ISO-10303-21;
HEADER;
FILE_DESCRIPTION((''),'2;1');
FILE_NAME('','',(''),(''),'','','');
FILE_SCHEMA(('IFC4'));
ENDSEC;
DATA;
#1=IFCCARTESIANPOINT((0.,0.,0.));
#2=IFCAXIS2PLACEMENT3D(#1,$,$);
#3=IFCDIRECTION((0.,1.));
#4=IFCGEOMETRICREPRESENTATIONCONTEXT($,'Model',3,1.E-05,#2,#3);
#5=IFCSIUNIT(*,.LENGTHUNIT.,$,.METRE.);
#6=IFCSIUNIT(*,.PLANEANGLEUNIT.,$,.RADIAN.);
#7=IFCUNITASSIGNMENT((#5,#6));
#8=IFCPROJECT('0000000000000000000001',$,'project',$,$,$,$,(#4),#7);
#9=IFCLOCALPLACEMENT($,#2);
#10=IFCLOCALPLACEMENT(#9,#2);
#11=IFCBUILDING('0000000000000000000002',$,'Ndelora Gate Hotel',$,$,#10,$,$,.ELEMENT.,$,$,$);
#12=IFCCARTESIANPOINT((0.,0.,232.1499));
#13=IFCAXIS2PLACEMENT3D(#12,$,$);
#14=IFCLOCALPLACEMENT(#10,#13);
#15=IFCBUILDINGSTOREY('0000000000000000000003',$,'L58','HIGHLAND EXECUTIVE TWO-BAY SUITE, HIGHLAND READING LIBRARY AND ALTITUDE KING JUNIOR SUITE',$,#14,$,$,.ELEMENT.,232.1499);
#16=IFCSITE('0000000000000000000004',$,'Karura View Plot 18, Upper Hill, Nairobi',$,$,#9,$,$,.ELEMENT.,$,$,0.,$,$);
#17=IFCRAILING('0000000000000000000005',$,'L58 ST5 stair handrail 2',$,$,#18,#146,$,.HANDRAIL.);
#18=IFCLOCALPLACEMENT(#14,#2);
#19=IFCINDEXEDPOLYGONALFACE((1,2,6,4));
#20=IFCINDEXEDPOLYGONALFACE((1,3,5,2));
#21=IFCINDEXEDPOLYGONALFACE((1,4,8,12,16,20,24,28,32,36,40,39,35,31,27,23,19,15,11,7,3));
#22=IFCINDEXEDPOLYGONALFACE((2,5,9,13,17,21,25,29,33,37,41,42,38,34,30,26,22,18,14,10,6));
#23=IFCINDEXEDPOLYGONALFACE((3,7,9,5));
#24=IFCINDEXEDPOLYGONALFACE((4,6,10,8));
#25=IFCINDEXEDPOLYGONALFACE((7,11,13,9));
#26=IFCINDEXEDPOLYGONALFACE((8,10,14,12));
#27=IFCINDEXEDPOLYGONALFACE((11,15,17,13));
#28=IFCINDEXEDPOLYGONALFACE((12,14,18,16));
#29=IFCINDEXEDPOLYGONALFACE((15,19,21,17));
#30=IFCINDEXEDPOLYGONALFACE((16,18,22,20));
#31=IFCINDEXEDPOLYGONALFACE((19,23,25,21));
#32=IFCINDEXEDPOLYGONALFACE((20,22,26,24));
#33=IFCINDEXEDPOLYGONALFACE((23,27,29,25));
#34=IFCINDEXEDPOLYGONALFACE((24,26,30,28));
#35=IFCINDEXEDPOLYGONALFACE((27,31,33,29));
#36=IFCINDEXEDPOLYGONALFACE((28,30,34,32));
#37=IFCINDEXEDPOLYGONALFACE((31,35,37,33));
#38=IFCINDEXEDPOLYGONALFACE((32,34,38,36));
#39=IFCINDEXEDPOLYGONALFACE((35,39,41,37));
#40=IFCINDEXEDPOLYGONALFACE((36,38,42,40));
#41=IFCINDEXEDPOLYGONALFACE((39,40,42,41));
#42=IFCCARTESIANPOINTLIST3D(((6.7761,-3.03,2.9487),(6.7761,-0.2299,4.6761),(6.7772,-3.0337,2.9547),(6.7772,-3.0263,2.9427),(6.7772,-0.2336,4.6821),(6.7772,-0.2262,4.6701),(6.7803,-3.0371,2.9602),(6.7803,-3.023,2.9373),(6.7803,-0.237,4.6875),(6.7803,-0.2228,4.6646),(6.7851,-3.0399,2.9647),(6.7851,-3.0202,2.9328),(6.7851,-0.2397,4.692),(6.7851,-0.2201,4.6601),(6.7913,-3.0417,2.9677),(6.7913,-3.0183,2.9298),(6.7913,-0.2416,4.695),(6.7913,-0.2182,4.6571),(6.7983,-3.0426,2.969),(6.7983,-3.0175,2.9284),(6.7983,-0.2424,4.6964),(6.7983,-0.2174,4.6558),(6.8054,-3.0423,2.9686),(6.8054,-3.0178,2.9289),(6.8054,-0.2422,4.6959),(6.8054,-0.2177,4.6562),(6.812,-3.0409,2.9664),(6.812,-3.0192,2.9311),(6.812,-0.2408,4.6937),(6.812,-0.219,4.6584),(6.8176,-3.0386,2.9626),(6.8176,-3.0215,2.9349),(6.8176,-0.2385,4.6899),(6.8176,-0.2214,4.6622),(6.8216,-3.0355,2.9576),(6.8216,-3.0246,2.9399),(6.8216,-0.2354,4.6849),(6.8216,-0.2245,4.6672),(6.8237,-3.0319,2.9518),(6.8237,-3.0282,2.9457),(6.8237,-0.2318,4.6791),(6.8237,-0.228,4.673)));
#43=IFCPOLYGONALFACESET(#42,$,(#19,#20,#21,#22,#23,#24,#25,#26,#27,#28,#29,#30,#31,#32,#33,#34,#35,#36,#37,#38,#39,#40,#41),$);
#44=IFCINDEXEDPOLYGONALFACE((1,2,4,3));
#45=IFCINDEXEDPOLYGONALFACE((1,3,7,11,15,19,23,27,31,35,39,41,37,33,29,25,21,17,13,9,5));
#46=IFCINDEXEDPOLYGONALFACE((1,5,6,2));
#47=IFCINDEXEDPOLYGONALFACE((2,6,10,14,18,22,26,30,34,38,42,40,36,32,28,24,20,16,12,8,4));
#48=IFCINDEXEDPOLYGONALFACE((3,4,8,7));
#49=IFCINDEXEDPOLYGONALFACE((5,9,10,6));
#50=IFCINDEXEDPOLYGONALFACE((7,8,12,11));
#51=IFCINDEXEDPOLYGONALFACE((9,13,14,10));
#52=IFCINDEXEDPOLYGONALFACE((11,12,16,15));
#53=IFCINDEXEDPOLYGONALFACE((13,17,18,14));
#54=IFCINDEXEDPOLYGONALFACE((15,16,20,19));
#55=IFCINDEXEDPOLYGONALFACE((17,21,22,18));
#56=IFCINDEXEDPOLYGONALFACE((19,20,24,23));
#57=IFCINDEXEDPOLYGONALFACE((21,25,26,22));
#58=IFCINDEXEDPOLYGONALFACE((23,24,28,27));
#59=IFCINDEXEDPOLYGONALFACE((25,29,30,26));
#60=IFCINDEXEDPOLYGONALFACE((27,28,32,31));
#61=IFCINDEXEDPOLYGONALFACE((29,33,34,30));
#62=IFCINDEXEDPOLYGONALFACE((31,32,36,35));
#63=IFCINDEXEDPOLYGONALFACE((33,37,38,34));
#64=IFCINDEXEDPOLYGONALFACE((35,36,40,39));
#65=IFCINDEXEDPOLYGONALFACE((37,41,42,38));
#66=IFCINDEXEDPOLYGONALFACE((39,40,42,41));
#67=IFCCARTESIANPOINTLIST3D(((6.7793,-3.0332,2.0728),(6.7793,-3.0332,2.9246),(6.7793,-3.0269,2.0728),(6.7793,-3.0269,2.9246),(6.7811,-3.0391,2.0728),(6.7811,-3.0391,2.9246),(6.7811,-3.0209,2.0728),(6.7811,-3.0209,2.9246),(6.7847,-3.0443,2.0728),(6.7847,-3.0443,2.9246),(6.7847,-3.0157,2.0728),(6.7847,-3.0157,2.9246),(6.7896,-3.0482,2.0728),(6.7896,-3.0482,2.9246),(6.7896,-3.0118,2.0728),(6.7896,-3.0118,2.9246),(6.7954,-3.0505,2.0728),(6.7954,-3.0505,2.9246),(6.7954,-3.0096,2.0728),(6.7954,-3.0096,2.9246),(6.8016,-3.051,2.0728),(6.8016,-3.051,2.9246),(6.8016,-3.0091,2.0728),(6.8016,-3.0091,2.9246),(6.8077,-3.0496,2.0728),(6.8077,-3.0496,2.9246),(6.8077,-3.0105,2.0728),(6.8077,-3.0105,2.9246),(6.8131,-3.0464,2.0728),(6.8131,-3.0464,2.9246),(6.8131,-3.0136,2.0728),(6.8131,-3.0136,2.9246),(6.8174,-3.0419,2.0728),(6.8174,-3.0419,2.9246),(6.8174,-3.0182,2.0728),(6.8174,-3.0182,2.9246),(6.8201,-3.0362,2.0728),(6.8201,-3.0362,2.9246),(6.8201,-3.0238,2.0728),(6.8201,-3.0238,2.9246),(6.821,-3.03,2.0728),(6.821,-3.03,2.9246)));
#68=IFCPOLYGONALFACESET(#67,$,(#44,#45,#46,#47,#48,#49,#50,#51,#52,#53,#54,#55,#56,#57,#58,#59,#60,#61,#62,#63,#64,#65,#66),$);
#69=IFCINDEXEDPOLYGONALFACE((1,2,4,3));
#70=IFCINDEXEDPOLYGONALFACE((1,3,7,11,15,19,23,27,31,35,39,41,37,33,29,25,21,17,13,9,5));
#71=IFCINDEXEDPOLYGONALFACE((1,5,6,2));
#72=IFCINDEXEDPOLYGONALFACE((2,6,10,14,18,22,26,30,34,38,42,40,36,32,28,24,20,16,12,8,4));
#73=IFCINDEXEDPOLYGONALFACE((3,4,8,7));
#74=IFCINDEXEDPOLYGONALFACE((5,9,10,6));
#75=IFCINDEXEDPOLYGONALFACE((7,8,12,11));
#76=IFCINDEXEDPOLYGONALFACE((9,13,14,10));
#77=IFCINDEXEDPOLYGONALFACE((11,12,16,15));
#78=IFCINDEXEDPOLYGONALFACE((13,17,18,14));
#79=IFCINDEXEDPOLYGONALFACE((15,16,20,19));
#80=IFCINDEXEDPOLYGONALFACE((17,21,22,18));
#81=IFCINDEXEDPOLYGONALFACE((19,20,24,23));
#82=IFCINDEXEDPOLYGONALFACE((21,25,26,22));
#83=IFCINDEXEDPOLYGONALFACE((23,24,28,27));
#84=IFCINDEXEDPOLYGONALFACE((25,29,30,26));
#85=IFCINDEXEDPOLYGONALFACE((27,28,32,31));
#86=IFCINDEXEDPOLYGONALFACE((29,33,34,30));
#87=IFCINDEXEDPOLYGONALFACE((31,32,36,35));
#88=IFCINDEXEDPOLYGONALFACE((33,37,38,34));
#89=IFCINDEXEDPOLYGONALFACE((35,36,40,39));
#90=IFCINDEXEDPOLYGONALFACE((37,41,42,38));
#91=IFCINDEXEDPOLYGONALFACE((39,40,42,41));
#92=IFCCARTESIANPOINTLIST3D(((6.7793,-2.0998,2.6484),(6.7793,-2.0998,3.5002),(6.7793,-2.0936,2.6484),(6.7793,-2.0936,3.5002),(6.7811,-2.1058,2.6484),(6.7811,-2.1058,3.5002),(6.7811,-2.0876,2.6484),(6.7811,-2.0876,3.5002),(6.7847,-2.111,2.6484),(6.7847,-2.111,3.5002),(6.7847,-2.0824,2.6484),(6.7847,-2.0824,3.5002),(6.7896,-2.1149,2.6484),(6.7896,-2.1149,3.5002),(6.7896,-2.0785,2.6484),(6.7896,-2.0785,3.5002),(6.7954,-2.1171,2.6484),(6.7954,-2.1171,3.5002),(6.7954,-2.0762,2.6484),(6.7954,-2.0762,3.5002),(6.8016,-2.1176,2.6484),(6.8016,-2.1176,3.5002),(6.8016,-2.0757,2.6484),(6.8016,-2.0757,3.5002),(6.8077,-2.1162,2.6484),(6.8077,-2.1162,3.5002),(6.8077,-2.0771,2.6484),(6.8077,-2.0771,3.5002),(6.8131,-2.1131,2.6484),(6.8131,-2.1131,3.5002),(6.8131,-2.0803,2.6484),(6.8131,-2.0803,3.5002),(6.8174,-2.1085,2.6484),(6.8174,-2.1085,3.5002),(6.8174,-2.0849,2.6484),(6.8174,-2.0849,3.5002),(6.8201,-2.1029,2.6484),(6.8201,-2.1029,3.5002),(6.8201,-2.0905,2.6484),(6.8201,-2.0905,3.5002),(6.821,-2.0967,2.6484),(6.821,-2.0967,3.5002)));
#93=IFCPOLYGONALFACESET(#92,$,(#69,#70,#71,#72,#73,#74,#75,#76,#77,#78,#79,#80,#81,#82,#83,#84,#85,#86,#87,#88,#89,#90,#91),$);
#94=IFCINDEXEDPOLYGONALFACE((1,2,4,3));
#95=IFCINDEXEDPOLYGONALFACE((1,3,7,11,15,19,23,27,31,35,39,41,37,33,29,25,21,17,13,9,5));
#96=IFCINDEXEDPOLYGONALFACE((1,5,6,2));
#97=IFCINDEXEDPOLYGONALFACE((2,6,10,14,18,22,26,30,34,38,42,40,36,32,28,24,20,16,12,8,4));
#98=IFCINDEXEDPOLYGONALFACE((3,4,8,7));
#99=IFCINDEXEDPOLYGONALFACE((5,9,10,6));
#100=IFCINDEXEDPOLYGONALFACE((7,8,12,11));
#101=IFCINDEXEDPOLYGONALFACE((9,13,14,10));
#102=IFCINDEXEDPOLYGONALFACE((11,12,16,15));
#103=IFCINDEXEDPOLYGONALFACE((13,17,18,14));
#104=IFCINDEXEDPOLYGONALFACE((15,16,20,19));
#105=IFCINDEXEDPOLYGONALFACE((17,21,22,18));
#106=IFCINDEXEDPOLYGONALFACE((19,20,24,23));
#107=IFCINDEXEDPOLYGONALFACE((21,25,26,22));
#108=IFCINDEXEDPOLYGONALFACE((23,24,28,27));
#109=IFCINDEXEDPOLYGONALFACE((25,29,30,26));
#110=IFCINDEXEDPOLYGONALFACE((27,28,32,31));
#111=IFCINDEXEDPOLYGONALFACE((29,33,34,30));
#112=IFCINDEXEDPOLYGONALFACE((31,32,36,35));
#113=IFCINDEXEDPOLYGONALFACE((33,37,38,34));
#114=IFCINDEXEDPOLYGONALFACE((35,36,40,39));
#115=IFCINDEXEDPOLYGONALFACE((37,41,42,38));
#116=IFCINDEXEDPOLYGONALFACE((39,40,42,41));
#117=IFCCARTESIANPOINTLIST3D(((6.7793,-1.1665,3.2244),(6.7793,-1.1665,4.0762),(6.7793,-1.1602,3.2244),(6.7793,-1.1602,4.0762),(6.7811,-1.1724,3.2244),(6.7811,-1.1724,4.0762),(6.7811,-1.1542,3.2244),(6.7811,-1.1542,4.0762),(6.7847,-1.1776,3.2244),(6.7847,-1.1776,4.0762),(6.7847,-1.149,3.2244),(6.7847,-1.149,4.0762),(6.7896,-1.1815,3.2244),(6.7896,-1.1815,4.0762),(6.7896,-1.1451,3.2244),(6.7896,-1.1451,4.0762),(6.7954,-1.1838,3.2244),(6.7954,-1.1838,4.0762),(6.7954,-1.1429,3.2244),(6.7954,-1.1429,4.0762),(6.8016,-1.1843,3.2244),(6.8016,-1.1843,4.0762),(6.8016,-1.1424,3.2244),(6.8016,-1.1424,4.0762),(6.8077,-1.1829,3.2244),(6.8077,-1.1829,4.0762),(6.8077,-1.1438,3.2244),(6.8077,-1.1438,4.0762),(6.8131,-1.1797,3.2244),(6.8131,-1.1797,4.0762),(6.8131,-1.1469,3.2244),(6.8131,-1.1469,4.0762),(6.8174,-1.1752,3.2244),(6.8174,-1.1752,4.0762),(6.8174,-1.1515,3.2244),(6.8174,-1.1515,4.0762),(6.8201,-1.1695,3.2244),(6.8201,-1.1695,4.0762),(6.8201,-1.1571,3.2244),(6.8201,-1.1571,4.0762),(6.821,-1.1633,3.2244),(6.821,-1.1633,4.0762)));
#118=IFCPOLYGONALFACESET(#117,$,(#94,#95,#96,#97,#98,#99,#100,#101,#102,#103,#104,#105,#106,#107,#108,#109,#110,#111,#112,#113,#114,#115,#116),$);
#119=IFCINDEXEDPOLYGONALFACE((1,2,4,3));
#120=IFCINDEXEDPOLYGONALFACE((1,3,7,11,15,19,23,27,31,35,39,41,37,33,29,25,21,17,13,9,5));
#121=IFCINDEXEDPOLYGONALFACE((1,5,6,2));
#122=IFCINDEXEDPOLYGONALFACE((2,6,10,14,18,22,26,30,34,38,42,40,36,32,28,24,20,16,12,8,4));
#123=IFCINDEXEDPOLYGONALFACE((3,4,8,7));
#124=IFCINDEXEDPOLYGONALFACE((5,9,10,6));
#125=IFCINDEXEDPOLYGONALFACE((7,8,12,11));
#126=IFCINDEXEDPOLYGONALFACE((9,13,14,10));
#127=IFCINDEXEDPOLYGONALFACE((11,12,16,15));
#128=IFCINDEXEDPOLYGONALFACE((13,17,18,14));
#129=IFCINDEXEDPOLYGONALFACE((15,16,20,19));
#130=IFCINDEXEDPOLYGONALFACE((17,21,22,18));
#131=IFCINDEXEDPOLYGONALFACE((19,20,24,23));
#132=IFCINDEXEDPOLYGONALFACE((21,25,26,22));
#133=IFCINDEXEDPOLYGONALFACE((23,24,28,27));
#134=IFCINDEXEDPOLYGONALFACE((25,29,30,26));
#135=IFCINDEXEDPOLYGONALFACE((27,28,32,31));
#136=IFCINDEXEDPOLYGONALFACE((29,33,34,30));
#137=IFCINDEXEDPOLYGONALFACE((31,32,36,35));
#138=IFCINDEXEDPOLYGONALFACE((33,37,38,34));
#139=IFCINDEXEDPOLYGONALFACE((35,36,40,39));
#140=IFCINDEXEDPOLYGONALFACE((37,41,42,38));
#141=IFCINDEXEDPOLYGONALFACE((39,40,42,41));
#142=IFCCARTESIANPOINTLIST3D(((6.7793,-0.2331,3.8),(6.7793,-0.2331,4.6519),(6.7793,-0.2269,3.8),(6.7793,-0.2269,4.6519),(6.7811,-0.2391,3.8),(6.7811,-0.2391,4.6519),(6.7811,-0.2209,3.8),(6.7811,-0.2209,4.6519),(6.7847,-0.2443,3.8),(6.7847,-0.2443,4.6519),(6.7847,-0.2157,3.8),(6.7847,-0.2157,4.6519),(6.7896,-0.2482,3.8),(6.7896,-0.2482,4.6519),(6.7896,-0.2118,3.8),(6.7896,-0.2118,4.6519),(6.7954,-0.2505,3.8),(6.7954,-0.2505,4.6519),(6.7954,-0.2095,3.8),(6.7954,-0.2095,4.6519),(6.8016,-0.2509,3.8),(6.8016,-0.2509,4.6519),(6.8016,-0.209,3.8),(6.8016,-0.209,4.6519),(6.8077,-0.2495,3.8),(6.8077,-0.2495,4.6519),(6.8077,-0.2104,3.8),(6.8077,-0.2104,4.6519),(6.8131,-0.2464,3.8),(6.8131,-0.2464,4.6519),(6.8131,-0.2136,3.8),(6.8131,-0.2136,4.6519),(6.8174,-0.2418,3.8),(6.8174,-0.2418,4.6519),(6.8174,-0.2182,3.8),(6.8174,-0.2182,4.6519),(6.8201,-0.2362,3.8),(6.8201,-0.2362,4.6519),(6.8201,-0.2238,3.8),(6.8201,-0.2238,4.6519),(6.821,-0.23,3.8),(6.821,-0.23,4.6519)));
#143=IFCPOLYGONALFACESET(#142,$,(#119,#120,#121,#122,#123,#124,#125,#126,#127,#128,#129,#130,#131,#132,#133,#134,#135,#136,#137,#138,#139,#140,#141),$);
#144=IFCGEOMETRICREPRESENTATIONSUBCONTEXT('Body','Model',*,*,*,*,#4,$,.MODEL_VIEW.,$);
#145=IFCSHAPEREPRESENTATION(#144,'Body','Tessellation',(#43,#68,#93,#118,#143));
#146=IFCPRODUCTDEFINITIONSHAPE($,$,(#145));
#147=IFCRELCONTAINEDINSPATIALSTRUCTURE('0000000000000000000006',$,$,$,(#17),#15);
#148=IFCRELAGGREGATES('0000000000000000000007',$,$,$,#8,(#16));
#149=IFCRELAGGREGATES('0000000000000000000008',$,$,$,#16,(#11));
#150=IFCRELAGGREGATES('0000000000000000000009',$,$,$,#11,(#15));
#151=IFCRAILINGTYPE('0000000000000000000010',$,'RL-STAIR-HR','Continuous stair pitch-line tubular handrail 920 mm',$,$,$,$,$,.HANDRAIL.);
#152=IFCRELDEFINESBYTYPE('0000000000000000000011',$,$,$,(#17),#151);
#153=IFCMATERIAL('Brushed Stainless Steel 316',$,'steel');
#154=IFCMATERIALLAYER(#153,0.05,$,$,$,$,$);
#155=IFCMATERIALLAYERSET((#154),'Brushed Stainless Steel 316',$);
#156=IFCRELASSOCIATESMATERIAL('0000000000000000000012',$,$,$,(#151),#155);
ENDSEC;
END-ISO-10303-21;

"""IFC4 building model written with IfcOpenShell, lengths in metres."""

from ifc_helpers import new_model, si_unit, direction, frame, origin, origin_2d, place, context, subcontext, project, spatial, circle, extrude, material, layer, layer_set, type_object, element, save


model = new_model("IFC4")

# Units and contexts
model_context = context("Model", 3, precision=1e-05, world=origin(), true_north=direction((0.0, 1.0)))
body_context = subcontext(model_context, "Body", "Model", "MODEL_VIEW")
ifc_project = project(units=[si_unit("LENGTHUNIT", "METRE"), si_unit("PLANEANGLEUNIT", "RADIAN")], contexts=[model_context])

# Site, building, storey
site_placement = place(None, origin())
site = spatial("IfcSite", under=ifc_project, at=site_placement, Name="Karura View Plot 18, Upper Hill, Nairobi", CompositionType="ELEMENT", RefElevation=0.0)
building_placement = place(site_placement, origin())
building = spatial("IfcBuilding", under=site, at=building_placement, Name="Ndelora Gate Hotel", CompositionType="ELEMENT")
storey_placement = place(building_placement, frame((0.0, 0.0, 232.1499)))
storey = spatial("IfcBuildingStorey", under=building, at=storey_placement, Name="L58", Description="HIGHLAND EXECUTIVE TWO-BAY SUITE, HIGHLAND READING LIBRARY AND ALTITUDE KING JUNIOR SUITE", CompositionType="ELEMENT", Elevation=232.1499)

# Railing
ifc_material_1 = material(Name="Brushed Stainless Steel 316", Category="steel")
ifc_layer_1 = layer(ifc_material_1, 0.05)
ifc_layer_set_1 = layer_set([ifc_layer_1], Name="Brushed Stainless Steel 316")
railing_type_1 = type_object("IfcRailingType", Name="RL-STAIR-HR", Description="Continuous stair pitch-line tubular handrail 920 mm", PredefinedType="HANDRAIL", material=ifc_layer_set_1)
railing_1_placement = place(storey_placement, frame((6.8, -3.03, 2.0728)))
element("IfcRailing", 1, at=railing_1_placement, inside=storey, type_object=railing_type_1, Name="L58 ST5 stair handrail 2", PredefinedType="HANDRAIL", context=body_context, shape_type="SweptSolid", body=[
    extrude(circle(Radius=0.0239, at=origin_2d()), frame((0.0, 0.0, 0.876), z_axis=(0.0, 0.85109, 0.52502), x_axis=(-1.0, 0.0, 0.0)), (0.0, 0.0, 1.0), 3.29),
    extrude(circle(Radius=0.021, at=origin_2d()), origin(), (0.0, 0.0, 1.0), 0.8518),
    extrude(circle(Radius=0.021, at=origin_2d()), frame((0.0, 0.9333, 0.5757)), (0.0, 0.0, 1.0), 0.8518),
    extrude(circle(Radius=0.021, at=origin_2d()), frame((0.0, 1.8667, 1.1516)), (0.0, 0.0, 1.0), 0.8518),
    extrude(circle(Radius=0.021, at=origin_2d()), frame((0.0, 2.8, 1.7273)), (0.0, 0.0, 1.0), 0.8518),
])

save(model, "model.ifc")
